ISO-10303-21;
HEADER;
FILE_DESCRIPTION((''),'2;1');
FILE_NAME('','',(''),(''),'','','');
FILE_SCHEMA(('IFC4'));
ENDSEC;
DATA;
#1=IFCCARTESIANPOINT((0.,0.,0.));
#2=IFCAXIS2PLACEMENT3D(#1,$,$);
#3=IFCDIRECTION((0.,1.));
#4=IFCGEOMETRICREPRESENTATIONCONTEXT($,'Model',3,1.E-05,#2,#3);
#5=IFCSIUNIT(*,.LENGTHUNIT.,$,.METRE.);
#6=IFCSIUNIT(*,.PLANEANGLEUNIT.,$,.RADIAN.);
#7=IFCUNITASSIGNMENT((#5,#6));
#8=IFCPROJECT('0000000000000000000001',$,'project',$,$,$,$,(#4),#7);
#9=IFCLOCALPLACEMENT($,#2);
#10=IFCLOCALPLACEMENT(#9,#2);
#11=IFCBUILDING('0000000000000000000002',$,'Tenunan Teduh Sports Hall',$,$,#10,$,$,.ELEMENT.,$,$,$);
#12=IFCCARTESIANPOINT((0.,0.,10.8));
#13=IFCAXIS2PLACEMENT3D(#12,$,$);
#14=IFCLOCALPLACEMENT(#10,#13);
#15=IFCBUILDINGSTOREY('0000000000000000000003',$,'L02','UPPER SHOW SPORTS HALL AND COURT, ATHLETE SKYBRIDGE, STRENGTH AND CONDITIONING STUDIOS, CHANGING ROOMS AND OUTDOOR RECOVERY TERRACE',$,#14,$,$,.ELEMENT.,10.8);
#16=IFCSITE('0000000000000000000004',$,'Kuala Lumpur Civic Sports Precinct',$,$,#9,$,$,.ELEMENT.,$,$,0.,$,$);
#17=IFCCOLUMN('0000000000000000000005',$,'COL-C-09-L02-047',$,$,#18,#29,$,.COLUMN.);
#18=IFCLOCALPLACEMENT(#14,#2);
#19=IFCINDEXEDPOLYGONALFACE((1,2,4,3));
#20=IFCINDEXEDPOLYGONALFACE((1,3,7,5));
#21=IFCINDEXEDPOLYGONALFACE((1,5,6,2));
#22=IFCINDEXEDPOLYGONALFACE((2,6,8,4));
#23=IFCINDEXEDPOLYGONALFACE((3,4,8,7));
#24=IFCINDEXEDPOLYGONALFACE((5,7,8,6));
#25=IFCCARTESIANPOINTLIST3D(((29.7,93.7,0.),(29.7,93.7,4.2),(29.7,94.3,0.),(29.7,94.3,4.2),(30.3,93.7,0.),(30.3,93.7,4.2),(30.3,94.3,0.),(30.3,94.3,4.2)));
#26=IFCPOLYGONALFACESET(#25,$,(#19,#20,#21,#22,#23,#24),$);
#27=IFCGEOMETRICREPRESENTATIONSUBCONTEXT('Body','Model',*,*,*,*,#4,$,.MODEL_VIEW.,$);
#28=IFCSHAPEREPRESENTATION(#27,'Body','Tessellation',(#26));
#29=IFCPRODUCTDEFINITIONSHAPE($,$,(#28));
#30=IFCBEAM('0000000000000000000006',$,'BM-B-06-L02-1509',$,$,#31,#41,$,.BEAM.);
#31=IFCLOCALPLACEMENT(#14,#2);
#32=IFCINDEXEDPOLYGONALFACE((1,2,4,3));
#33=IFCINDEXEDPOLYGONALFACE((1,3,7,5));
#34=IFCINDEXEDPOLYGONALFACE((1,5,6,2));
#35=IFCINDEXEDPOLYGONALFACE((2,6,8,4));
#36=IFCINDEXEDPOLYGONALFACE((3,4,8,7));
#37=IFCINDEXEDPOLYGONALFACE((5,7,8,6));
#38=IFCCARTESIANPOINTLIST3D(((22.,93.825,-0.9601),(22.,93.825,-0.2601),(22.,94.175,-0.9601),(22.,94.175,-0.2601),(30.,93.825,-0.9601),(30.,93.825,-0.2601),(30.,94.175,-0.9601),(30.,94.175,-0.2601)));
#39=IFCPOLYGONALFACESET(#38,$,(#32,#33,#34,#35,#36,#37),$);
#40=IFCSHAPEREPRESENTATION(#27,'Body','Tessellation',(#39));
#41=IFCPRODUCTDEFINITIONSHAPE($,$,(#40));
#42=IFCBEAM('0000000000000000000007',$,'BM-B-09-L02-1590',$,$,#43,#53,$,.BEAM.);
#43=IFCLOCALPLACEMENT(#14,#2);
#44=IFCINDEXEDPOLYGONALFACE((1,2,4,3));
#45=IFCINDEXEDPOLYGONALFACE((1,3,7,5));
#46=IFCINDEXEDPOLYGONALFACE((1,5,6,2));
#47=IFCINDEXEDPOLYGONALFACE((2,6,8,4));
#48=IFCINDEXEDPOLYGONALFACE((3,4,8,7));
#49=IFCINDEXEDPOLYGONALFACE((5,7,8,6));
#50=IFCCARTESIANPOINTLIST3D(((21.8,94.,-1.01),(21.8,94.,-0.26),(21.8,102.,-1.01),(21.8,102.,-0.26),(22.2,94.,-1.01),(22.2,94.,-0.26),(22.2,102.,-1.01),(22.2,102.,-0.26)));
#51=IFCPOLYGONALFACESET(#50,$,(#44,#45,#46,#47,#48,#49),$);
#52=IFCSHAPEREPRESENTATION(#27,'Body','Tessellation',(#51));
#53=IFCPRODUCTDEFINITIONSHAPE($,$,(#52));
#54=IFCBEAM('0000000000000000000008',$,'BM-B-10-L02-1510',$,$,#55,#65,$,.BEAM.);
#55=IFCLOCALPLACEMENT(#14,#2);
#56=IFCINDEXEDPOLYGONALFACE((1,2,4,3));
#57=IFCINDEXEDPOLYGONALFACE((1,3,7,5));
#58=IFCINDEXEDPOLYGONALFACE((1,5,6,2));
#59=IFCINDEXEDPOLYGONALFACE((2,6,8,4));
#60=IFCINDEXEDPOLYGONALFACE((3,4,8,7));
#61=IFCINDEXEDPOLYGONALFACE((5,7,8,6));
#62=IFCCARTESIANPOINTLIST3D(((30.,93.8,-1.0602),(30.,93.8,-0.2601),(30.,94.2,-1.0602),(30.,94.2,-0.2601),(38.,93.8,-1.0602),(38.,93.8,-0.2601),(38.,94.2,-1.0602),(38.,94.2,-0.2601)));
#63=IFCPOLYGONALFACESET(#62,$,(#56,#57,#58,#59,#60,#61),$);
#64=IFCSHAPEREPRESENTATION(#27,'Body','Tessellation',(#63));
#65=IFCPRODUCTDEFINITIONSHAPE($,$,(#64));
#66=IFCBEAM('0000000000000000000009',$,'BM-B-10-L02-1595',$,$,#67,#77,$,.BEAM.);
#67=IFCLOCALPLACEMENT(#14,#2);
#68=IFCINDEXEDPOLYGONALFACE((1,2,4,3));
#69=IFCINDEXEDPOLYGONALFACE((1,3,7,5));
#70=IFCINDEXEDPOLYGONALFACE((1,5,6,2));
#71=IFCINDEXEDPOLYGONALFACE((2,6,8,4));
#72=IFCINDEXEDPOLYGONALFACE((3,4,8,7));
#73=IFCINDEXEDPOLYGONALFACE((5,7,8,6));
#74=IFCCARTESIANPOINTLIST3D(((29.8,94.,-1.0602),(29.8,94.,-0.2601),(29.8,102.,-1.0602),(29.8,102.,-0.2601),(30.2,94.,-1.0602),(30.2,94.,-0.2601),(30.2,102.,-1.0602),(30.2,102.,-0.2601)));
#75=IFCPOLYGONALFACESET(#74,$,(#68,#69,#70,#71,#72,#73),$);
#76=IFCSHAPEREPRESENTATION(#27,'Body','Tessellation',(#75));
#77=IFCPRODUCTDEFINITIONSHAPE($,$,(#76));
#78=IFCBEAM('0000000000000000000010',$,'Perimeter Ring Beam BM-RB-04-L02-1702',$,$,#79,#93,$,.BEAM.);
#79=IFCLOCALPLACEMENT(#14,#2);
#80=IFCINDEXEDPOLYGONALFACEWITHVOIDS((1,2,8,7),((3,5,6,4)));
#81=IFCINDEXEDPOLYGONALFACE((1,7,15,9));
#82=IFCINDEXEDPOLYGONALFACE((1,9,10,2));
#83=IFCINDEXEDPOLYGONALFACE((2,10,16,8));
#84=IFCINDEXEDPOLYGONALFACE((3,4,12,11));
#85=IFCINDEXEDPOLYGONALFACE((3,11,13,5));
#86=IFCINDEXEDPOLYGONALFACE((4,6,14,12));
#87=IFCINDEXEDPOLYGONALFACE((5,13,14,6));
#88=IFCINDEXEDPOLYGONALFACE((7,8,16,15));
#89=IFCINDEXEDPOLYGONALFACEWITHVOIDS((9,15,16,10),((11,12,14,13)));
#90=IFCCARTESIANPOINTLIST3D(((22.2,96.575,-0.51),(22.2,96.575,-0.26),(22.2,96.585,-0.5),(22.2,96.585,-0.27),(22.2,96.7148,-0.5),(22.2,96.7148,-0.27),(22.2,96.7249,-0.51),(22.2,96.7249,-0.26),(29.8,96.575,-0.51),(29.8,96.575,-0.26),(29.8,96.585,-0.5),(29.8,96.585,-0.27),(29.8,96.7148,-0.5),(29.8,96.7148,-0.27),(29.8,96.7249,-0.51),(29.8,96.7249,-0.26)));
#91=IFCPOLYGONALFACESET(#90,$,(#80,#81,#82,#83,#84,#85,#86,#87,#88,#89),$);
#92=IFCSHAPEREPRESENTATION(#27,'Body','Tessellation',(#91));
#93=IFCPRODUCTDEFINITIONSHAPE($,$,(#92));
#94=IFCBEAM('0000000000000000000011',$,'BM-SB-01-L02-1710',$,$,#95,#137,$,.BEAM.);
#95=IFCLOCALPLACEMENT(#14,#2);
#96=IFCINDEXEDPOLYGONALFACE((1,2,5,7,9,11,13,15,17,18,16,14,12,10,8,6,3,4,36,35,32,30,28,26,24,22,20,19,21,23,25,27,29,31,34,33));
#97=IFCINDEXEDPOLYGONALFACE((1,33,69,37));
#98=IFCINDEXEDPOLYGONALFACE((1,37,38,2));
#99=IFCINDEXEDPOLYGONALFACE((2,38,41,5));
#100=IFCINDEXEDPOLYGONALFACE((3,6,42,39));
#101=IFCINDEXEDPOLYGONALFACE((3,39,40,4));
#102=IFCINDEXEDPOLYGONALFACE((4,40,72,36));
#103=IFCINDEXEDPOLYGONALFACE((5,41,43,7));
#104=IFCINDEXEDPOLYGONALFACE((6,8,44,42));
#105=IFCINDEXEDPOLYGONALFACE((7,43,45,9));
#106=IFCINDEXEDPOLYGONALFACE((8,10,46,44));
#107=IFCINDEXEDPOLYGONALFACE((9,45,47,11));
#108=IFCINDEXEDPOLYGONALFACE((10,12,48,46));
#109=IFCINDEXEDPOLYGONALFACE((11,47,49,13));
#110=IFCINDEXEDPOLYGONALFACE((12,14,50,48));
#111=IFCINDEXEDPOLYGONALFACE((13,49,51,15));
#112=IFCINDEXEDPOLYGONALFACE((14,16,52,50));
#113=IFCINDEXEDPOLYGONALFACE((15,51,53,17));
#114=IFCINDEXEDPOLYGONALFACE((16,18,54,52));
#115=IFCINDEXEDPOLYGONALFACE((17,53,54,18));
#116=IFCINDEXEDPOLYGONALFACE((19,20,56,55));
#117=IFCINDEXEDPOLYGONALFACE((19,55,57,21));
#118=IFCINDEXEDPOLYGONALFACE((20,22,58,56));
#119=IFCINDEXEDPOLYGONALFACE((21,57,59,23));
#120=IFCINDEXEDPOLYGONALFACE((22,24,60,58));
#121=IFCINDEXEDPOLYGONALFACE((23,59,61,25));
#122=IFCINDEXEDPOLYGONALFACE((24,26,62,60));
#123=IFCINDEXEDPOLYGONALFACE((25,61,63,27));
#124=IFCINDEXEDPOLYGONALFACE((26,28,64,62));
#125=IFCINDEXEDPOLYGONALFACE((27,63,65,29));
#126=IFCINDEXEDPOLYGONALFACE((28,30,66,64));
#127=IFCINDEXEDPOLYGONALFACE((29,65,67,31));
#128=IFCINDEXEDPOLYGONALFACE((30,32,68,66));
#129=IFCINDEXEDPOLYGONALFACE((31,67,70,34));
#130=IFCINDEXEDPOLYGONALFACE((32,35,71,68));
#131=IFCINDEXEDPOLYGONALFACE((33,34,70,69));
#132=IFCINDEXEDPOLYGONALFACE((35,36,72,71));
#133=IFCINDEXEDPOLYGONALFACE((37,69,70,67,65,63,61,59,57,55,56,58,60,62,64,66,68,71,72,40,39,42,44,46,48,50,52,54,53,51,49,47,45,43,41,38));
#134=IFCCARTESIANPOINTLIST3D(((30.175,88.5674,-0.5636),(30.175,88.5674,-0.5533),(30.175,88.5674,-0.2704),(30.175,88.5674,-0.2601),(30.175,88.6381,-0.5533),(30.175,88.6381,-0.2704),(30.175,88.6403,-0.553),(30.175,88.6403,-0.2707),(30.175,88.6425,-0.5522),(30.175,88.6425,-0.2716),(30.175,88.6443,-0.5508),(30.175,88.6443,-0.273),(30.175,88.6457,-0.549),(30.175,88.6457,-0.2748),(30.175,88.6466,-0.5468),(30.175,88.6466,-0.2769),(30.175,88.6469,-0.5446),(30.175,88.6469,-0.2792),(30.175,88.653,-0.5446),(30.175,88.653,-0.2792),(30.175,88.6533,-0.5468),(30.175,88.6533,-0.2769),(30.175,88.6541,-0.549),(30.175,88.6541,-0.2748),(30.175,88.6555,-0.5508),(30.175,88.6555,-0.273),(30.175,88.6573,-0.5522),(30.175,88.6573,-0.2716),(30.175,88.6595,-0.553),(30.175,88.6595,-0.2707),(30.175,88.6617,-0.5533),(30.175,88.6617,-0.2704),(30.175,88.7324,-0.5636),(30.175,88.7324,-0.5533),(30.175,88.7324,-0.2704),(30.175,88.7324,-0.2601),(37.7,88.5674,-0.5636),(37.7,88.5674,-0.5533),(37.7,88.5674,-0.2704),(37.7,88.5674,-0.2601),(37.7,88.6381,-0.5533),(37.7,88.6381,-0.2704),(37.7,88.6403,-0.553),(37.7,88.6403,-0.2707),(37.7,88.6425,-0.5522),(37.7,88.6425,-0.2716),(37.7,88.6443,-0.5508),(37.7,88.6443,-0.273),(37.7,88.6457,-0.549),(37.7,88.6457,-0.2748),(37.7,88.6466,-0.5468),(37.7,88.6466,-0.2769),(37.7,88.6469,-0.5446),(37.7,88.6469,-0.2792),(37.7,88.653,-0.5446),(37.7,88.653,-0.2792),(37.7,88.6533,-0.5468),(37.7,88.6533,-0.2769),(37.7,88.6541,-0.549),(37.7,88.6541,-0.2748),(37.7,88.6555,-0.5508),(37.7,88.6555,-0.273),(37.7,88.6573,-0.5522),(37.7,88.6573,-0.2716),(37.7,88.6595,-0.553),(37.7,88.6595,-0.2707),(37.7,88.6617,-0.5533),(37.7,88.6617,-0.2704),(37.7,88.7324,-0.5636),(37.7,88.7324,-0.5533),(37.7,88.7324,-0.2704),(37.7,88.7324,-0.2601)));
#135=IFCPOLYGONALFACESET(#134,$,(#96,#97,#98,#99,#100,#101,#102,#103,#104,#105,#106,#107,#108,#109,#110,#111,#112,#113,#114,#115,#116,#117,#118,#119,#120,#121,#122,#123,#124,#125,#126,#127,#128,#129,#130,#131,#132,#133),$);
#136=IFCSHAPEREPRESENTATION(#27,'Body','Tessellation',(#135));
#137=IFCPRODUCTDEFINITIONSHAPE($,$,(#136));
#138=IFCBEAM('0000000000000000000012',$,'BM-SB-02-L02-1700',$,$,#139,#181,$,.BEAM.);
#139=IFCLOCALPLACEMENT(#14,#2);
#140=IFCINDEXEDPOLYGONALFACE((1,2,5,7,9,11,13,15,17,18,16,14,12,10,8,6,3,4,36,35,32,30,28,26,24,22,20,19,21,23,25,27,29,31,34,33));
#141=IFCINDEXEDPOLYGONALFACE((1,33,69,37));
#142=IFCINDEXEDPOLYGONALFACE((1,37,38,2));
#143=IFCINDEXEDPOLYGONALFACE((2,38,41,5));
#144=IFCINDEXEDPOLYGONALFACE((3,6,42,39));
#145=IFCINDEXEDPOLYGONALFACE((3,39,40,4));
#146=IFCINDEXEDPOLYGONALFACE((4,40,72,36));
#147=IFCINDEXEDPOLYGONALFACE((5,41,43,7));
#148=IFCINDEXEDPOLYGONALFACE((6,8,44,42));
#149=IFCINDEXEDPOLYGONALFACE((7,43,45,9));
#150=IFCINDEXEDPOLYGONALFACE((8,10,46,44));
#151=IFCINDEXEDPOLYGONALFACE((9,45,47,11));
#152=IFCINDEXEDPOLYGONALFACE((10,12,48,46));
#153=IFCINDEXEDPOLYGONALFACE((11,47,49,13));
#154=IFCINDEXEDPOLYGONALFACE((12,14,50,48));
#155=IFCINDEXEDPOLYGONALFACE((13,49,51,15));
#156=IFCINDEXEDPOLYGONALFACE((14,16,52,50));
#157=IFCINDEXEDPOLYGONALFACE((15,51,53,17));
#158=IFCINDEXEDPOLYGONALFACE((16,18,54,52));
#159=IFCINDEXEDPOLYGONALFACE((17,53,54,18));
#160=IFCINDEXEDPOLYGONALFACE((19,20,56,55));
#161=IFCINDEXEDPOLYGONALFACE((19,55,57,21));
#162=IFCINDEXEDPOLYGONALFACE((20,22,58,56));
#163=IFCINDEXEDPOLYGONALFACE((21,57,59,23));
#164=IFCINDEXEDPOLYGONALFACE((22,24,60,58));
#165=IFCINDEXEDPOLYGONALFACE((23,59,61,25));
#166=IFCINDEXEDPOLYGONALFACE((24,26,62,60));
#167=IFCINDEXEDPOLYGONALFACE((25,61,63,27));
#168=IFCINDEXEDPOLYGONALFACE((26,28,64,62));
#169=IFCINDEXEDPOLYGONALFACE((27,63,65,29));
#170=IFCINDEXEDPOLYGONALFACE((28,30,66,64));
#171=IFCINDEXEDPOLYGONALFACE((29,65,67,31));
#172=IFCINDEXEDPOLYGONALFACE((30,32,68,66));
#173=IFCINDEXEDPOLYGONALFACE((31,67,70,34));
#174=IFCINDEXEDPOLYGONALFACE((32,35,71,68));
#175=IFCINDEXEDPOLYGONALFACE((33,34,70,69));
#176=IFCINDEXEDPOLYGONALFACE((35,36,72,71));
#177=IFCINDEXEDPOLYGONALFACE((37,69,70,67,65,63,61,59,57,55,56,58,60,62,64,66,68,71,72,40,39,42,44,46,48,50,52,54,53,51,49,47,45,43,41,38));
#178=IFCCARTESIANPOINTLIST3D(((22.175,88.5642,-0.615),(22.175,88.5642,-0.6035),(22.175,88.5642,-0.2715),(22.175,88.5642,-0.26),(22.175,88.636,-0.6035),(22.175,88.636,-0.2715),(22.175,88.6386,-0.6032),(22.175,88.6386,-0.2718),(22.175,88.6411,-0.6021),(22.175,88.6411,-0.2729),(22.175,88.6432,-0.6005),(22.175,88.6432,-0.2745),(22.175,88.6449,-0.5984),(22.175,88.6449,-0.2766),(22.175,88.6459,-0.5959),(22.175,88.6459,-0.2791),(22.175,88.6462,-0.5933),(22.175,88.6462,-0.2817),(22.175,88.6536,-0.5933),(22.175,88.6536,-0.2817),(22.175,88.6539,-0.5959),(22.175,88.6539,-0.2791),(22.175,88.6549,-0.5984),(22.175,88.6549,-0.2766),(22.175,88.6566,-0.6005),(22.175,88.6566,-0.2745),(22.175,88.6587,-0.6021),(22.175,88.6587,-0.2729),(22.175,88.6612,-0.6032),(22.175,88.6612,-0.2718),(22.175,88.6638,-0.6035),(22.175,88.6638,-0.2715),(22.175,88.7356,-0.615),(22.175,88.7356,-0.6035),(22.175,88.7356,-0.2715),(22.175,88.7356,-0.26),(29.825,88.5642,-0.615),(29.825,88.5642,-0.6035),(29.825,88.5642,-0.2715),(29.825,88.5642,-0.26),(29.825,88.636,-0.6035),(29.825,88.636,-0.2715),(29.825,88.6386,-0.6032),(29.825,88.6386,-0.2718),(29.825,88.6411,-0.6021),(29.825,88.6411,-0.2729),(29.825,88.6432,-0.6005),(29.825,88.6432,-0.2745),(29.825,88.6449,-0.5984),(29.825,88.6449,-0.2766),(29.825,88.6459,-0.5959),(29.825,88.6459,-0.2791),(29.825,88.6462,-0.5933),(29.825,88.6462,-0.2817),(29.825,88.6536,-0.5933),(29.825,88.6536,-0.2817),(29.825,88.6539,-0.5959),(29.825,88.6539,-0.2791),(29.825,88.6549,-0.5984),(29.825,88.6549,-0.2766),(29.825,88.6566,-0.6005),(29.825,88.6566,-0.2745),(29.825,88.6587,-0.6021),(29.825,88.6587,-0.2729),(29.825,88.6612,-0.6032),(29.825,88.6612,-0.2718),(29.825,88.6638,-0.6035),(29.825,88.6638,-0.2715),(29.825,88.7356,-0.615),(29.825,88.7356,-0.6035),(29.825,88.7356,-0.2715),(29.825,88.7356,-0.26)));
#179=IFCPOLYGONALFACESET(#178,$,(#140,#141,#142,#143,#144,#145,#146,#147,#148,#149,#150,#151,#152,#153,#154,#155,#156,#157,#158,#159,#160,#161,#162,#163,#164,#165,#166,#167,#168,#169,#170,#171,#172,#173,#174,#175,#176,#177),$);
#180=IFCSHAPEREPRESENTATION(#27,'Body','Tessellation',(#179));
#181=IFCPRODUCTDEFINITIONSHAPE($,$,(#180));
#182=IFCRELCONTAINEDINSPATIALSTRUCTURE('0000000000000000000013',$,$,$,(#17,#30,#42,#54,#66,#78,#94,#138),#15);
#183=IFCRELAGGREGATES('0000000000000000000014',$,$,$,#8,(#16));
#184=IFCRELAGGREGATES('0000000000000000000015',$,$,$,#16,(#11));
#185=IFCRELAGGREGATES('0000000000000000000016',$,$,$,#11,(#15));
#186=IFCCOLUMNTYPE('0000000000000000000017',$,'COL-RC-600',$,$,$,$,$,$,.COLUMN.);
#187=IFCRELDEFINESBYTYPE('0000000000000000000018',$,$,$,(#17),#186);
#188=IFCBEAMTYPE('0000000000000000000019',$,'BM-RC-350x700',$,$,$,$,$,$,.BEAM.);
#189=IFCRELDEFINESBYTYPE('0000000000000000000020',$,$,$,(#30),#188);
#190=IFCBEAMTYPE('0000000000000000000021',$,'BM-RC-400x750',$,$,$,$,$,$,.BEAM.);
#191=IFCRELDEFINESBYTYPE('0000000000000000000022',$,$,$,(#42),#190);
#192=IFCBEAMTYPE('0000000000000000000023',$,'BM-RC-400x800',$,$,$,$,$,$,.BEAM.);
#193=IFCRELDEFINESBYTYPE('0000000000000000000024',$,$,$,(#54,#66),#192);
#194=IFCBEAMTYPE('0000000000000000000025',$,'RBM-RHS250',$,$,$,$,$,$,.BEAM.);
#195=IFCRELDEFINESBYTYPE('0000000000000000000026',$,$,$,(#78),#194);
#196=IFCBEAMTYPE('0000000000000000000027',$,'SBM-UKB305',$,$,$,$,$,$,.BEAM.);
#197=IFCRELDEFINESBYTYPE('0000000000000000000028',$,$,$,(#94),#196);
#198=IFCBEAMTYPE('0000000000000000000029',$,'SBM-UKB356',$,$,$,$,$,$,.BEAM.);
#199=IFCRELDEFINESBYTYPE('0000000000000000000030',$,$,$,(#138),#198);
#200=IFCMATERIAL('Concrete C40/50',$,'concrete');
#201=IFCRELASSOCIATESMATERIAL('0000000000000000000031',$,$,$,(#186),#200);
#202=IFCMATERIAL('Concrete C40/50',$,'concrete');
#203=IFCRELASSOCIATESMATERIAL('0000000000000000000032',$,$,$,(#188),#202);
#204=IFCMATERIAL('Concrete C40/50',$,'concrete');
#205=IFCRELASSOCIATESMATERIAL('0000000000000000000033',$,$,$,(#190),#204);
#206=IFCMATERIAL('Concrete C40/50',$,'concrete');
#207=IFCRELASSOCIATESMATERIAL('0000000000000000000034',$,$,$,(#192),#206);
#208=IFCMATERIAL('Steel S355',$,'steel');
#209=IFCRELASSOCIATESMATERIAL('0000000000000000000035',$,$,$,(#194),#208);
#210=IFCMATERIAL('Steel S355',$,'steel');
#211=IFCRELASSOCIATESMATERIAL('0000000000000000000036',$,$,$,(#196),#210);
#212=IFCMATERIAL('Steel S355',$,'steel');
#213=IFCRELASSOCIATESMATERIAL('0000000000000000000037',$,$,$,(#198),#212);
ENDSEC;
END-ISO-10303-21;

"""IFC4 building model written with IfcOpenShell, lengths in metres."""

from ifc_helpers import new_model, si_unit, direction, frame, origin, origin_2d, place, context, subcontext, project, spatial, rectangle, hollow_rectangle, i_section, extrude, material, material_profile, profile_set, type_object, element, save


model = new_model("IFC4")

# Units and contexts
model_context = context("Model", 3, precision=1e-05, world=origin(), true_north=direction((0.0, 1.0)))
body_context = subcontext(model_context, "Body", "Model", "MODEL_VIEW")
ifc_project = project(units=[si_unit("LENGTHUNIT", "METRE"), si_unit("PLANEANGLEUNIT", "RADIAN")], contexts=[model_context])

# Site, building, storey
site_placement = place(None, origin())
site = spatial("IfcSite", under=ifc_project, at=site_placement, Name="Kuala Lumpur Civic Sports Precinct", CompositionType="ELEMENT", RefElevation=0.0)
building_placement = place(site_placement, origin())
building = spatial("IfcBuilding", under=site, at=building_placement, Name="Tenunan Teduh Sports Hall", CompositionType="ELEMENT")
storey_placement = place(building_placement, frame((0.0, 0.0, 10.8)))
storey = spatial("IfcBuildingStorey", under=building, at=storey_placement, Name="L02", Description="UPPER SHOW SPORTS HALL AND COURT, ATHLETE SKYBRIDGE, STRENGTH AND CONDITIONING STUDIOS, CHANGING ROOMS AND OUTDOOR RECOVERY TERRACE", CompositionType="ELEMENT", Elevation=10.8)

# Column
ifc_material_1 = material(Name="Concrete C40/50", Category="concrete")
ifc_material_profile_1 = material_profile(ifc_material_1, rectangle(XDim=0.6001, YDim=0.6001, at=origin_2d()), Name="RC 600x600")
ifc_profile_set_1 = profile_set([ifc_material_profile_1], Name="Concrete C40/50")
column_type = type_object("IfcColumnType", Name="COL-RC-600", PredefinedType="COLUMN", material=ifc_profile_set_1)
column_placement = place(storey_placement, frame((30.0, 94.0, 0.0), z_axis=(0.0, 0.0, 1.0), x_axis=(1.0, 0.0, 0.0)))
element("IfcColumn", 1, at=column_placement, inside=storey, type_object=column_type, Name="COL-C-09-L02-047", PredefinedType="COLUMN", context=body_context, shape_type="SweptSolid", body=[
    extrude(rectangle(XDim=0.6001, YDim=0.6001, at=origin_2d()), origin(), (0.0, 0.0, 1.0), 4.2),
])

# Beams
ifc_material_2 = material(Name="Concrete C40/50", Category="concrete")
ifc_material_profile_2 = material_profile(ifc_material_2, rectangle(XDim=0.3501, YDim=0.7, at=origin_2d()), Name="RCB 350x700")
ifc_profile_set_2 = profile_set([ifc_material_profile_2], Name="Concrete C40/50")
beam_type_1 = type_object("IfcBeamType", Name="BM-RC-350x700", PredefinedType="BEAM", material=ifc_profile_set_2)
beam_1_placement = place(storey_placement, frame((22.0, 94.0, -0.6101), z_axis=(1.0, 0.0, 0.0), x_axis=(0.0, 1.0, 0.0)))
element("IfcBeam", 2, at=beam_1_placement, inside=storey, type_object=beam_type_1, Name="BM-B-06-L02-1509", PredefinedType="BEAM", context=body_context, shape_type="SweptSolid", body=[
    extrude(rectangle(XDim=0.3501, YDim=0.7, at=origin_2d()), origin(), (0.0, 0.0, 1.0), 8.0),
])
ifc_material_3 = material(Name="Concrete C40/50", Category="concrete")
ifc_material_profile_3 = material_profile(ifc_material_3, rectangle(XDim=0.3999, YDim=0.75, at=origin_2d()), Name="RCB 400x750")
ifc_profile_set_3 = profile_set([ifc_material_profile_3], Name="Concrete C40/50")
beam_type_2 = type_object("IfcBeamType", Name="BM-RC-400x750", PredefinedType="BEAM", material=ifc_profile_set_3)
beam_2_placement = place(storey_placement, frame((22.0, 94.0, -0.635), z_axis=(0.0, 1.0, 0.0), x_axis=(-1.0, 0.0, 0.0)))
element("IfcBeam", 3, at=beam_2_placement, inside=storey, type_object=beam_type_2, Name="BM-B-09-L02-1590", PredefinedType="BEAM", context=body_context, shape_type="SweptSolid", body=[
    extrude(rectangle(XDim=0.3999, YDim=0.75, at=origin_2d()), origin(), (0.0, 0.0, 1.0), 8.0),
])
ifc_material_4 = material(Name="Concrete C40/50", Category="concrete")
ifc_material_profile_4 = material_profile(ifc_material_4, rectangle(XDim=0.3999, YDim=0.8, at=origin_2d()), Name="RCB 400x800")
ifc_profile_set_4 = profile_set([ifc_material_profile_4], Name="Concrete C40/50")
beam_type_3 = type_object("IfcBeamType", Name="BM-RC-400x800", PredefinedType="BEAM", material=ifc_profile_set_4)
for number, where, z_axis, x_axis, name in (
    (4, (30.0, 94.0, -0.6602), (1.0, 0.0, 0.0), (0.0, 1.0, 0.0), "BM-B-10-L02-1510"),
    (5, (30.0, 94.0, -0.6602), (0.0, 1.0, 0.0), (-1.0, 0.0, 0.0), "BM-B-10-L02-1595"),
):
    element("IfcBeam", number, at=place(storey_placement, frame(where, z_axis=z_axis, x_axis=x_axis)), inside=storey, type_object=beam_type_3, Name=name, PredefinedType="BEAM", context=body_context, shape_type="SweptSolid", body=[
        extrude(rectangle(XDim=0.3999, YDim=0.8, at=origin_2d()), origin(), (0.0, 0.0, 1.0), 8.0),
    ])
ifc_material_5 = material(Name="Steel S355", Category="steel")
ifc_material_profile_5 = material_profile(ifc_material_5, hollow_rectangle(XDim=0.1499, YDim=0.25, WallThickness=0.01, at=origin_2d()), Name="RHS 250x150x10.0")
ifc_profile_set_5 = profile_set([ifc_material_profile_5], Name="Steel S355")
beam_type_4 = type_object("IfcBeamType", Name="RBM-RHS250", PredefinedType="BEAM", material=ifc_profile_set_5)
beam_3_placement = place(storey_placement, frame((22.2, 96.6499, -0.385), z_axis=(1.0, 0.0, 0.0), x_axis=(0.0, 1.0, 0.0)))
element("IfcBeam", 6, at=beam_3_placement, inside=storey, type_object=beam_type_4, Name="Perimeter Ring Beam BM-RB-04-L02-1702", PredefinedType="BEAM", context=body_context, shape_type="SweptSolid", body=[
    extrude(hollow_rectangle(XDim=0.1499, YDim=0.25, WallThickness=0.01, at=origin_2d()), origin(), (0.0, 0.0, 1.0), 7.6001),
])
ifc_material_6 = material(Name="Steel S355", Category="steel")
ifc_material_profile_6 = material_profile(ifc_material_6, i_section(OverallWidth=0.165, OverallDepth=0.3035, WebThickness=0.0061, FlangeThickness=0.0103, FilletRadius=0.0088, at=origin_2d()), Name="UKB 305x165x40")
ifc_profile_set_6 = profile_set([ifc_material_profile_6], Name="Steel S355")
beam_type_5 = type_object("IfcBeamType", Name="SBM-UKB305", PredefinedType="BEAM", material=ifc_profile_set_6)
beam_4_placement = place(storey_placement, frame((30.175, 88.6499, -0.4119), z_axis=(1.0, 0.0, 0.0), x_axis=(0.0, 1.0, 0.0)))
element("IfcBeam", 7, at=beam_4_placement, inside=storey, type_object=beam_type_5, Name="BM-SB-01-L02-1710", PredefinedType="BEAM", context=body_context, shape_type="SweptSolid", body=[
    extrude(i_section(OverallWidth=0.165, OverallDepth=0.3035, WebThickness=0.0061, FlangeThickness=0.0103, FilletRadius=0.0088, at=origin_2d()), origin(), (0.0, 0.0, 1.0), 7.5249),
])
ifc_material_7 = material(Name="Steel S355", Category="steel")
ifc_material_profile_7 = material_profile(ifc_material_7, i_section(OverallWidth=0.1714, OverallDepth=0.355, WebThickness=0.0073, FlangeThickness=0.0115, FilletRadius=0.0103, at=origin_2d()), Name="UKB 356x171x51")
ifc_profile_set_7 = profile_set([ifc_material_profile_7], Name="Steel S355")
beam_type_6 = type_object("IfcBeamType", Name="SBM-UKB356", PredefinedType="BEAM", material=ifc_profile_set_7)
beam_5_placement = place(storey_placement, frame((22.175, 88.6499, -0.4375), z_axis=(1.0, 0.0, 0.0), x_axis=(0.0, 1.0, 0.0)))
element("IfcBeam", 8, at=beam_5_placement, inside=storey, type_object=beam_type_6, Name="BM-SB-02-L02-1700", PredefinedType="BEAM", context=body_context, shape_type="SweptSolid", body=[
    extrude(i_section(OverallWidth=0.1714, OverallDepth=0.355, WebThickness=0.0073, FlangeThickness=0.0115, FilletRadius=0.0103, at=origin_2d()), origin(), (0.0, 0.0, 1.0), 7.6499),
])

save(model, "model.ifc")
